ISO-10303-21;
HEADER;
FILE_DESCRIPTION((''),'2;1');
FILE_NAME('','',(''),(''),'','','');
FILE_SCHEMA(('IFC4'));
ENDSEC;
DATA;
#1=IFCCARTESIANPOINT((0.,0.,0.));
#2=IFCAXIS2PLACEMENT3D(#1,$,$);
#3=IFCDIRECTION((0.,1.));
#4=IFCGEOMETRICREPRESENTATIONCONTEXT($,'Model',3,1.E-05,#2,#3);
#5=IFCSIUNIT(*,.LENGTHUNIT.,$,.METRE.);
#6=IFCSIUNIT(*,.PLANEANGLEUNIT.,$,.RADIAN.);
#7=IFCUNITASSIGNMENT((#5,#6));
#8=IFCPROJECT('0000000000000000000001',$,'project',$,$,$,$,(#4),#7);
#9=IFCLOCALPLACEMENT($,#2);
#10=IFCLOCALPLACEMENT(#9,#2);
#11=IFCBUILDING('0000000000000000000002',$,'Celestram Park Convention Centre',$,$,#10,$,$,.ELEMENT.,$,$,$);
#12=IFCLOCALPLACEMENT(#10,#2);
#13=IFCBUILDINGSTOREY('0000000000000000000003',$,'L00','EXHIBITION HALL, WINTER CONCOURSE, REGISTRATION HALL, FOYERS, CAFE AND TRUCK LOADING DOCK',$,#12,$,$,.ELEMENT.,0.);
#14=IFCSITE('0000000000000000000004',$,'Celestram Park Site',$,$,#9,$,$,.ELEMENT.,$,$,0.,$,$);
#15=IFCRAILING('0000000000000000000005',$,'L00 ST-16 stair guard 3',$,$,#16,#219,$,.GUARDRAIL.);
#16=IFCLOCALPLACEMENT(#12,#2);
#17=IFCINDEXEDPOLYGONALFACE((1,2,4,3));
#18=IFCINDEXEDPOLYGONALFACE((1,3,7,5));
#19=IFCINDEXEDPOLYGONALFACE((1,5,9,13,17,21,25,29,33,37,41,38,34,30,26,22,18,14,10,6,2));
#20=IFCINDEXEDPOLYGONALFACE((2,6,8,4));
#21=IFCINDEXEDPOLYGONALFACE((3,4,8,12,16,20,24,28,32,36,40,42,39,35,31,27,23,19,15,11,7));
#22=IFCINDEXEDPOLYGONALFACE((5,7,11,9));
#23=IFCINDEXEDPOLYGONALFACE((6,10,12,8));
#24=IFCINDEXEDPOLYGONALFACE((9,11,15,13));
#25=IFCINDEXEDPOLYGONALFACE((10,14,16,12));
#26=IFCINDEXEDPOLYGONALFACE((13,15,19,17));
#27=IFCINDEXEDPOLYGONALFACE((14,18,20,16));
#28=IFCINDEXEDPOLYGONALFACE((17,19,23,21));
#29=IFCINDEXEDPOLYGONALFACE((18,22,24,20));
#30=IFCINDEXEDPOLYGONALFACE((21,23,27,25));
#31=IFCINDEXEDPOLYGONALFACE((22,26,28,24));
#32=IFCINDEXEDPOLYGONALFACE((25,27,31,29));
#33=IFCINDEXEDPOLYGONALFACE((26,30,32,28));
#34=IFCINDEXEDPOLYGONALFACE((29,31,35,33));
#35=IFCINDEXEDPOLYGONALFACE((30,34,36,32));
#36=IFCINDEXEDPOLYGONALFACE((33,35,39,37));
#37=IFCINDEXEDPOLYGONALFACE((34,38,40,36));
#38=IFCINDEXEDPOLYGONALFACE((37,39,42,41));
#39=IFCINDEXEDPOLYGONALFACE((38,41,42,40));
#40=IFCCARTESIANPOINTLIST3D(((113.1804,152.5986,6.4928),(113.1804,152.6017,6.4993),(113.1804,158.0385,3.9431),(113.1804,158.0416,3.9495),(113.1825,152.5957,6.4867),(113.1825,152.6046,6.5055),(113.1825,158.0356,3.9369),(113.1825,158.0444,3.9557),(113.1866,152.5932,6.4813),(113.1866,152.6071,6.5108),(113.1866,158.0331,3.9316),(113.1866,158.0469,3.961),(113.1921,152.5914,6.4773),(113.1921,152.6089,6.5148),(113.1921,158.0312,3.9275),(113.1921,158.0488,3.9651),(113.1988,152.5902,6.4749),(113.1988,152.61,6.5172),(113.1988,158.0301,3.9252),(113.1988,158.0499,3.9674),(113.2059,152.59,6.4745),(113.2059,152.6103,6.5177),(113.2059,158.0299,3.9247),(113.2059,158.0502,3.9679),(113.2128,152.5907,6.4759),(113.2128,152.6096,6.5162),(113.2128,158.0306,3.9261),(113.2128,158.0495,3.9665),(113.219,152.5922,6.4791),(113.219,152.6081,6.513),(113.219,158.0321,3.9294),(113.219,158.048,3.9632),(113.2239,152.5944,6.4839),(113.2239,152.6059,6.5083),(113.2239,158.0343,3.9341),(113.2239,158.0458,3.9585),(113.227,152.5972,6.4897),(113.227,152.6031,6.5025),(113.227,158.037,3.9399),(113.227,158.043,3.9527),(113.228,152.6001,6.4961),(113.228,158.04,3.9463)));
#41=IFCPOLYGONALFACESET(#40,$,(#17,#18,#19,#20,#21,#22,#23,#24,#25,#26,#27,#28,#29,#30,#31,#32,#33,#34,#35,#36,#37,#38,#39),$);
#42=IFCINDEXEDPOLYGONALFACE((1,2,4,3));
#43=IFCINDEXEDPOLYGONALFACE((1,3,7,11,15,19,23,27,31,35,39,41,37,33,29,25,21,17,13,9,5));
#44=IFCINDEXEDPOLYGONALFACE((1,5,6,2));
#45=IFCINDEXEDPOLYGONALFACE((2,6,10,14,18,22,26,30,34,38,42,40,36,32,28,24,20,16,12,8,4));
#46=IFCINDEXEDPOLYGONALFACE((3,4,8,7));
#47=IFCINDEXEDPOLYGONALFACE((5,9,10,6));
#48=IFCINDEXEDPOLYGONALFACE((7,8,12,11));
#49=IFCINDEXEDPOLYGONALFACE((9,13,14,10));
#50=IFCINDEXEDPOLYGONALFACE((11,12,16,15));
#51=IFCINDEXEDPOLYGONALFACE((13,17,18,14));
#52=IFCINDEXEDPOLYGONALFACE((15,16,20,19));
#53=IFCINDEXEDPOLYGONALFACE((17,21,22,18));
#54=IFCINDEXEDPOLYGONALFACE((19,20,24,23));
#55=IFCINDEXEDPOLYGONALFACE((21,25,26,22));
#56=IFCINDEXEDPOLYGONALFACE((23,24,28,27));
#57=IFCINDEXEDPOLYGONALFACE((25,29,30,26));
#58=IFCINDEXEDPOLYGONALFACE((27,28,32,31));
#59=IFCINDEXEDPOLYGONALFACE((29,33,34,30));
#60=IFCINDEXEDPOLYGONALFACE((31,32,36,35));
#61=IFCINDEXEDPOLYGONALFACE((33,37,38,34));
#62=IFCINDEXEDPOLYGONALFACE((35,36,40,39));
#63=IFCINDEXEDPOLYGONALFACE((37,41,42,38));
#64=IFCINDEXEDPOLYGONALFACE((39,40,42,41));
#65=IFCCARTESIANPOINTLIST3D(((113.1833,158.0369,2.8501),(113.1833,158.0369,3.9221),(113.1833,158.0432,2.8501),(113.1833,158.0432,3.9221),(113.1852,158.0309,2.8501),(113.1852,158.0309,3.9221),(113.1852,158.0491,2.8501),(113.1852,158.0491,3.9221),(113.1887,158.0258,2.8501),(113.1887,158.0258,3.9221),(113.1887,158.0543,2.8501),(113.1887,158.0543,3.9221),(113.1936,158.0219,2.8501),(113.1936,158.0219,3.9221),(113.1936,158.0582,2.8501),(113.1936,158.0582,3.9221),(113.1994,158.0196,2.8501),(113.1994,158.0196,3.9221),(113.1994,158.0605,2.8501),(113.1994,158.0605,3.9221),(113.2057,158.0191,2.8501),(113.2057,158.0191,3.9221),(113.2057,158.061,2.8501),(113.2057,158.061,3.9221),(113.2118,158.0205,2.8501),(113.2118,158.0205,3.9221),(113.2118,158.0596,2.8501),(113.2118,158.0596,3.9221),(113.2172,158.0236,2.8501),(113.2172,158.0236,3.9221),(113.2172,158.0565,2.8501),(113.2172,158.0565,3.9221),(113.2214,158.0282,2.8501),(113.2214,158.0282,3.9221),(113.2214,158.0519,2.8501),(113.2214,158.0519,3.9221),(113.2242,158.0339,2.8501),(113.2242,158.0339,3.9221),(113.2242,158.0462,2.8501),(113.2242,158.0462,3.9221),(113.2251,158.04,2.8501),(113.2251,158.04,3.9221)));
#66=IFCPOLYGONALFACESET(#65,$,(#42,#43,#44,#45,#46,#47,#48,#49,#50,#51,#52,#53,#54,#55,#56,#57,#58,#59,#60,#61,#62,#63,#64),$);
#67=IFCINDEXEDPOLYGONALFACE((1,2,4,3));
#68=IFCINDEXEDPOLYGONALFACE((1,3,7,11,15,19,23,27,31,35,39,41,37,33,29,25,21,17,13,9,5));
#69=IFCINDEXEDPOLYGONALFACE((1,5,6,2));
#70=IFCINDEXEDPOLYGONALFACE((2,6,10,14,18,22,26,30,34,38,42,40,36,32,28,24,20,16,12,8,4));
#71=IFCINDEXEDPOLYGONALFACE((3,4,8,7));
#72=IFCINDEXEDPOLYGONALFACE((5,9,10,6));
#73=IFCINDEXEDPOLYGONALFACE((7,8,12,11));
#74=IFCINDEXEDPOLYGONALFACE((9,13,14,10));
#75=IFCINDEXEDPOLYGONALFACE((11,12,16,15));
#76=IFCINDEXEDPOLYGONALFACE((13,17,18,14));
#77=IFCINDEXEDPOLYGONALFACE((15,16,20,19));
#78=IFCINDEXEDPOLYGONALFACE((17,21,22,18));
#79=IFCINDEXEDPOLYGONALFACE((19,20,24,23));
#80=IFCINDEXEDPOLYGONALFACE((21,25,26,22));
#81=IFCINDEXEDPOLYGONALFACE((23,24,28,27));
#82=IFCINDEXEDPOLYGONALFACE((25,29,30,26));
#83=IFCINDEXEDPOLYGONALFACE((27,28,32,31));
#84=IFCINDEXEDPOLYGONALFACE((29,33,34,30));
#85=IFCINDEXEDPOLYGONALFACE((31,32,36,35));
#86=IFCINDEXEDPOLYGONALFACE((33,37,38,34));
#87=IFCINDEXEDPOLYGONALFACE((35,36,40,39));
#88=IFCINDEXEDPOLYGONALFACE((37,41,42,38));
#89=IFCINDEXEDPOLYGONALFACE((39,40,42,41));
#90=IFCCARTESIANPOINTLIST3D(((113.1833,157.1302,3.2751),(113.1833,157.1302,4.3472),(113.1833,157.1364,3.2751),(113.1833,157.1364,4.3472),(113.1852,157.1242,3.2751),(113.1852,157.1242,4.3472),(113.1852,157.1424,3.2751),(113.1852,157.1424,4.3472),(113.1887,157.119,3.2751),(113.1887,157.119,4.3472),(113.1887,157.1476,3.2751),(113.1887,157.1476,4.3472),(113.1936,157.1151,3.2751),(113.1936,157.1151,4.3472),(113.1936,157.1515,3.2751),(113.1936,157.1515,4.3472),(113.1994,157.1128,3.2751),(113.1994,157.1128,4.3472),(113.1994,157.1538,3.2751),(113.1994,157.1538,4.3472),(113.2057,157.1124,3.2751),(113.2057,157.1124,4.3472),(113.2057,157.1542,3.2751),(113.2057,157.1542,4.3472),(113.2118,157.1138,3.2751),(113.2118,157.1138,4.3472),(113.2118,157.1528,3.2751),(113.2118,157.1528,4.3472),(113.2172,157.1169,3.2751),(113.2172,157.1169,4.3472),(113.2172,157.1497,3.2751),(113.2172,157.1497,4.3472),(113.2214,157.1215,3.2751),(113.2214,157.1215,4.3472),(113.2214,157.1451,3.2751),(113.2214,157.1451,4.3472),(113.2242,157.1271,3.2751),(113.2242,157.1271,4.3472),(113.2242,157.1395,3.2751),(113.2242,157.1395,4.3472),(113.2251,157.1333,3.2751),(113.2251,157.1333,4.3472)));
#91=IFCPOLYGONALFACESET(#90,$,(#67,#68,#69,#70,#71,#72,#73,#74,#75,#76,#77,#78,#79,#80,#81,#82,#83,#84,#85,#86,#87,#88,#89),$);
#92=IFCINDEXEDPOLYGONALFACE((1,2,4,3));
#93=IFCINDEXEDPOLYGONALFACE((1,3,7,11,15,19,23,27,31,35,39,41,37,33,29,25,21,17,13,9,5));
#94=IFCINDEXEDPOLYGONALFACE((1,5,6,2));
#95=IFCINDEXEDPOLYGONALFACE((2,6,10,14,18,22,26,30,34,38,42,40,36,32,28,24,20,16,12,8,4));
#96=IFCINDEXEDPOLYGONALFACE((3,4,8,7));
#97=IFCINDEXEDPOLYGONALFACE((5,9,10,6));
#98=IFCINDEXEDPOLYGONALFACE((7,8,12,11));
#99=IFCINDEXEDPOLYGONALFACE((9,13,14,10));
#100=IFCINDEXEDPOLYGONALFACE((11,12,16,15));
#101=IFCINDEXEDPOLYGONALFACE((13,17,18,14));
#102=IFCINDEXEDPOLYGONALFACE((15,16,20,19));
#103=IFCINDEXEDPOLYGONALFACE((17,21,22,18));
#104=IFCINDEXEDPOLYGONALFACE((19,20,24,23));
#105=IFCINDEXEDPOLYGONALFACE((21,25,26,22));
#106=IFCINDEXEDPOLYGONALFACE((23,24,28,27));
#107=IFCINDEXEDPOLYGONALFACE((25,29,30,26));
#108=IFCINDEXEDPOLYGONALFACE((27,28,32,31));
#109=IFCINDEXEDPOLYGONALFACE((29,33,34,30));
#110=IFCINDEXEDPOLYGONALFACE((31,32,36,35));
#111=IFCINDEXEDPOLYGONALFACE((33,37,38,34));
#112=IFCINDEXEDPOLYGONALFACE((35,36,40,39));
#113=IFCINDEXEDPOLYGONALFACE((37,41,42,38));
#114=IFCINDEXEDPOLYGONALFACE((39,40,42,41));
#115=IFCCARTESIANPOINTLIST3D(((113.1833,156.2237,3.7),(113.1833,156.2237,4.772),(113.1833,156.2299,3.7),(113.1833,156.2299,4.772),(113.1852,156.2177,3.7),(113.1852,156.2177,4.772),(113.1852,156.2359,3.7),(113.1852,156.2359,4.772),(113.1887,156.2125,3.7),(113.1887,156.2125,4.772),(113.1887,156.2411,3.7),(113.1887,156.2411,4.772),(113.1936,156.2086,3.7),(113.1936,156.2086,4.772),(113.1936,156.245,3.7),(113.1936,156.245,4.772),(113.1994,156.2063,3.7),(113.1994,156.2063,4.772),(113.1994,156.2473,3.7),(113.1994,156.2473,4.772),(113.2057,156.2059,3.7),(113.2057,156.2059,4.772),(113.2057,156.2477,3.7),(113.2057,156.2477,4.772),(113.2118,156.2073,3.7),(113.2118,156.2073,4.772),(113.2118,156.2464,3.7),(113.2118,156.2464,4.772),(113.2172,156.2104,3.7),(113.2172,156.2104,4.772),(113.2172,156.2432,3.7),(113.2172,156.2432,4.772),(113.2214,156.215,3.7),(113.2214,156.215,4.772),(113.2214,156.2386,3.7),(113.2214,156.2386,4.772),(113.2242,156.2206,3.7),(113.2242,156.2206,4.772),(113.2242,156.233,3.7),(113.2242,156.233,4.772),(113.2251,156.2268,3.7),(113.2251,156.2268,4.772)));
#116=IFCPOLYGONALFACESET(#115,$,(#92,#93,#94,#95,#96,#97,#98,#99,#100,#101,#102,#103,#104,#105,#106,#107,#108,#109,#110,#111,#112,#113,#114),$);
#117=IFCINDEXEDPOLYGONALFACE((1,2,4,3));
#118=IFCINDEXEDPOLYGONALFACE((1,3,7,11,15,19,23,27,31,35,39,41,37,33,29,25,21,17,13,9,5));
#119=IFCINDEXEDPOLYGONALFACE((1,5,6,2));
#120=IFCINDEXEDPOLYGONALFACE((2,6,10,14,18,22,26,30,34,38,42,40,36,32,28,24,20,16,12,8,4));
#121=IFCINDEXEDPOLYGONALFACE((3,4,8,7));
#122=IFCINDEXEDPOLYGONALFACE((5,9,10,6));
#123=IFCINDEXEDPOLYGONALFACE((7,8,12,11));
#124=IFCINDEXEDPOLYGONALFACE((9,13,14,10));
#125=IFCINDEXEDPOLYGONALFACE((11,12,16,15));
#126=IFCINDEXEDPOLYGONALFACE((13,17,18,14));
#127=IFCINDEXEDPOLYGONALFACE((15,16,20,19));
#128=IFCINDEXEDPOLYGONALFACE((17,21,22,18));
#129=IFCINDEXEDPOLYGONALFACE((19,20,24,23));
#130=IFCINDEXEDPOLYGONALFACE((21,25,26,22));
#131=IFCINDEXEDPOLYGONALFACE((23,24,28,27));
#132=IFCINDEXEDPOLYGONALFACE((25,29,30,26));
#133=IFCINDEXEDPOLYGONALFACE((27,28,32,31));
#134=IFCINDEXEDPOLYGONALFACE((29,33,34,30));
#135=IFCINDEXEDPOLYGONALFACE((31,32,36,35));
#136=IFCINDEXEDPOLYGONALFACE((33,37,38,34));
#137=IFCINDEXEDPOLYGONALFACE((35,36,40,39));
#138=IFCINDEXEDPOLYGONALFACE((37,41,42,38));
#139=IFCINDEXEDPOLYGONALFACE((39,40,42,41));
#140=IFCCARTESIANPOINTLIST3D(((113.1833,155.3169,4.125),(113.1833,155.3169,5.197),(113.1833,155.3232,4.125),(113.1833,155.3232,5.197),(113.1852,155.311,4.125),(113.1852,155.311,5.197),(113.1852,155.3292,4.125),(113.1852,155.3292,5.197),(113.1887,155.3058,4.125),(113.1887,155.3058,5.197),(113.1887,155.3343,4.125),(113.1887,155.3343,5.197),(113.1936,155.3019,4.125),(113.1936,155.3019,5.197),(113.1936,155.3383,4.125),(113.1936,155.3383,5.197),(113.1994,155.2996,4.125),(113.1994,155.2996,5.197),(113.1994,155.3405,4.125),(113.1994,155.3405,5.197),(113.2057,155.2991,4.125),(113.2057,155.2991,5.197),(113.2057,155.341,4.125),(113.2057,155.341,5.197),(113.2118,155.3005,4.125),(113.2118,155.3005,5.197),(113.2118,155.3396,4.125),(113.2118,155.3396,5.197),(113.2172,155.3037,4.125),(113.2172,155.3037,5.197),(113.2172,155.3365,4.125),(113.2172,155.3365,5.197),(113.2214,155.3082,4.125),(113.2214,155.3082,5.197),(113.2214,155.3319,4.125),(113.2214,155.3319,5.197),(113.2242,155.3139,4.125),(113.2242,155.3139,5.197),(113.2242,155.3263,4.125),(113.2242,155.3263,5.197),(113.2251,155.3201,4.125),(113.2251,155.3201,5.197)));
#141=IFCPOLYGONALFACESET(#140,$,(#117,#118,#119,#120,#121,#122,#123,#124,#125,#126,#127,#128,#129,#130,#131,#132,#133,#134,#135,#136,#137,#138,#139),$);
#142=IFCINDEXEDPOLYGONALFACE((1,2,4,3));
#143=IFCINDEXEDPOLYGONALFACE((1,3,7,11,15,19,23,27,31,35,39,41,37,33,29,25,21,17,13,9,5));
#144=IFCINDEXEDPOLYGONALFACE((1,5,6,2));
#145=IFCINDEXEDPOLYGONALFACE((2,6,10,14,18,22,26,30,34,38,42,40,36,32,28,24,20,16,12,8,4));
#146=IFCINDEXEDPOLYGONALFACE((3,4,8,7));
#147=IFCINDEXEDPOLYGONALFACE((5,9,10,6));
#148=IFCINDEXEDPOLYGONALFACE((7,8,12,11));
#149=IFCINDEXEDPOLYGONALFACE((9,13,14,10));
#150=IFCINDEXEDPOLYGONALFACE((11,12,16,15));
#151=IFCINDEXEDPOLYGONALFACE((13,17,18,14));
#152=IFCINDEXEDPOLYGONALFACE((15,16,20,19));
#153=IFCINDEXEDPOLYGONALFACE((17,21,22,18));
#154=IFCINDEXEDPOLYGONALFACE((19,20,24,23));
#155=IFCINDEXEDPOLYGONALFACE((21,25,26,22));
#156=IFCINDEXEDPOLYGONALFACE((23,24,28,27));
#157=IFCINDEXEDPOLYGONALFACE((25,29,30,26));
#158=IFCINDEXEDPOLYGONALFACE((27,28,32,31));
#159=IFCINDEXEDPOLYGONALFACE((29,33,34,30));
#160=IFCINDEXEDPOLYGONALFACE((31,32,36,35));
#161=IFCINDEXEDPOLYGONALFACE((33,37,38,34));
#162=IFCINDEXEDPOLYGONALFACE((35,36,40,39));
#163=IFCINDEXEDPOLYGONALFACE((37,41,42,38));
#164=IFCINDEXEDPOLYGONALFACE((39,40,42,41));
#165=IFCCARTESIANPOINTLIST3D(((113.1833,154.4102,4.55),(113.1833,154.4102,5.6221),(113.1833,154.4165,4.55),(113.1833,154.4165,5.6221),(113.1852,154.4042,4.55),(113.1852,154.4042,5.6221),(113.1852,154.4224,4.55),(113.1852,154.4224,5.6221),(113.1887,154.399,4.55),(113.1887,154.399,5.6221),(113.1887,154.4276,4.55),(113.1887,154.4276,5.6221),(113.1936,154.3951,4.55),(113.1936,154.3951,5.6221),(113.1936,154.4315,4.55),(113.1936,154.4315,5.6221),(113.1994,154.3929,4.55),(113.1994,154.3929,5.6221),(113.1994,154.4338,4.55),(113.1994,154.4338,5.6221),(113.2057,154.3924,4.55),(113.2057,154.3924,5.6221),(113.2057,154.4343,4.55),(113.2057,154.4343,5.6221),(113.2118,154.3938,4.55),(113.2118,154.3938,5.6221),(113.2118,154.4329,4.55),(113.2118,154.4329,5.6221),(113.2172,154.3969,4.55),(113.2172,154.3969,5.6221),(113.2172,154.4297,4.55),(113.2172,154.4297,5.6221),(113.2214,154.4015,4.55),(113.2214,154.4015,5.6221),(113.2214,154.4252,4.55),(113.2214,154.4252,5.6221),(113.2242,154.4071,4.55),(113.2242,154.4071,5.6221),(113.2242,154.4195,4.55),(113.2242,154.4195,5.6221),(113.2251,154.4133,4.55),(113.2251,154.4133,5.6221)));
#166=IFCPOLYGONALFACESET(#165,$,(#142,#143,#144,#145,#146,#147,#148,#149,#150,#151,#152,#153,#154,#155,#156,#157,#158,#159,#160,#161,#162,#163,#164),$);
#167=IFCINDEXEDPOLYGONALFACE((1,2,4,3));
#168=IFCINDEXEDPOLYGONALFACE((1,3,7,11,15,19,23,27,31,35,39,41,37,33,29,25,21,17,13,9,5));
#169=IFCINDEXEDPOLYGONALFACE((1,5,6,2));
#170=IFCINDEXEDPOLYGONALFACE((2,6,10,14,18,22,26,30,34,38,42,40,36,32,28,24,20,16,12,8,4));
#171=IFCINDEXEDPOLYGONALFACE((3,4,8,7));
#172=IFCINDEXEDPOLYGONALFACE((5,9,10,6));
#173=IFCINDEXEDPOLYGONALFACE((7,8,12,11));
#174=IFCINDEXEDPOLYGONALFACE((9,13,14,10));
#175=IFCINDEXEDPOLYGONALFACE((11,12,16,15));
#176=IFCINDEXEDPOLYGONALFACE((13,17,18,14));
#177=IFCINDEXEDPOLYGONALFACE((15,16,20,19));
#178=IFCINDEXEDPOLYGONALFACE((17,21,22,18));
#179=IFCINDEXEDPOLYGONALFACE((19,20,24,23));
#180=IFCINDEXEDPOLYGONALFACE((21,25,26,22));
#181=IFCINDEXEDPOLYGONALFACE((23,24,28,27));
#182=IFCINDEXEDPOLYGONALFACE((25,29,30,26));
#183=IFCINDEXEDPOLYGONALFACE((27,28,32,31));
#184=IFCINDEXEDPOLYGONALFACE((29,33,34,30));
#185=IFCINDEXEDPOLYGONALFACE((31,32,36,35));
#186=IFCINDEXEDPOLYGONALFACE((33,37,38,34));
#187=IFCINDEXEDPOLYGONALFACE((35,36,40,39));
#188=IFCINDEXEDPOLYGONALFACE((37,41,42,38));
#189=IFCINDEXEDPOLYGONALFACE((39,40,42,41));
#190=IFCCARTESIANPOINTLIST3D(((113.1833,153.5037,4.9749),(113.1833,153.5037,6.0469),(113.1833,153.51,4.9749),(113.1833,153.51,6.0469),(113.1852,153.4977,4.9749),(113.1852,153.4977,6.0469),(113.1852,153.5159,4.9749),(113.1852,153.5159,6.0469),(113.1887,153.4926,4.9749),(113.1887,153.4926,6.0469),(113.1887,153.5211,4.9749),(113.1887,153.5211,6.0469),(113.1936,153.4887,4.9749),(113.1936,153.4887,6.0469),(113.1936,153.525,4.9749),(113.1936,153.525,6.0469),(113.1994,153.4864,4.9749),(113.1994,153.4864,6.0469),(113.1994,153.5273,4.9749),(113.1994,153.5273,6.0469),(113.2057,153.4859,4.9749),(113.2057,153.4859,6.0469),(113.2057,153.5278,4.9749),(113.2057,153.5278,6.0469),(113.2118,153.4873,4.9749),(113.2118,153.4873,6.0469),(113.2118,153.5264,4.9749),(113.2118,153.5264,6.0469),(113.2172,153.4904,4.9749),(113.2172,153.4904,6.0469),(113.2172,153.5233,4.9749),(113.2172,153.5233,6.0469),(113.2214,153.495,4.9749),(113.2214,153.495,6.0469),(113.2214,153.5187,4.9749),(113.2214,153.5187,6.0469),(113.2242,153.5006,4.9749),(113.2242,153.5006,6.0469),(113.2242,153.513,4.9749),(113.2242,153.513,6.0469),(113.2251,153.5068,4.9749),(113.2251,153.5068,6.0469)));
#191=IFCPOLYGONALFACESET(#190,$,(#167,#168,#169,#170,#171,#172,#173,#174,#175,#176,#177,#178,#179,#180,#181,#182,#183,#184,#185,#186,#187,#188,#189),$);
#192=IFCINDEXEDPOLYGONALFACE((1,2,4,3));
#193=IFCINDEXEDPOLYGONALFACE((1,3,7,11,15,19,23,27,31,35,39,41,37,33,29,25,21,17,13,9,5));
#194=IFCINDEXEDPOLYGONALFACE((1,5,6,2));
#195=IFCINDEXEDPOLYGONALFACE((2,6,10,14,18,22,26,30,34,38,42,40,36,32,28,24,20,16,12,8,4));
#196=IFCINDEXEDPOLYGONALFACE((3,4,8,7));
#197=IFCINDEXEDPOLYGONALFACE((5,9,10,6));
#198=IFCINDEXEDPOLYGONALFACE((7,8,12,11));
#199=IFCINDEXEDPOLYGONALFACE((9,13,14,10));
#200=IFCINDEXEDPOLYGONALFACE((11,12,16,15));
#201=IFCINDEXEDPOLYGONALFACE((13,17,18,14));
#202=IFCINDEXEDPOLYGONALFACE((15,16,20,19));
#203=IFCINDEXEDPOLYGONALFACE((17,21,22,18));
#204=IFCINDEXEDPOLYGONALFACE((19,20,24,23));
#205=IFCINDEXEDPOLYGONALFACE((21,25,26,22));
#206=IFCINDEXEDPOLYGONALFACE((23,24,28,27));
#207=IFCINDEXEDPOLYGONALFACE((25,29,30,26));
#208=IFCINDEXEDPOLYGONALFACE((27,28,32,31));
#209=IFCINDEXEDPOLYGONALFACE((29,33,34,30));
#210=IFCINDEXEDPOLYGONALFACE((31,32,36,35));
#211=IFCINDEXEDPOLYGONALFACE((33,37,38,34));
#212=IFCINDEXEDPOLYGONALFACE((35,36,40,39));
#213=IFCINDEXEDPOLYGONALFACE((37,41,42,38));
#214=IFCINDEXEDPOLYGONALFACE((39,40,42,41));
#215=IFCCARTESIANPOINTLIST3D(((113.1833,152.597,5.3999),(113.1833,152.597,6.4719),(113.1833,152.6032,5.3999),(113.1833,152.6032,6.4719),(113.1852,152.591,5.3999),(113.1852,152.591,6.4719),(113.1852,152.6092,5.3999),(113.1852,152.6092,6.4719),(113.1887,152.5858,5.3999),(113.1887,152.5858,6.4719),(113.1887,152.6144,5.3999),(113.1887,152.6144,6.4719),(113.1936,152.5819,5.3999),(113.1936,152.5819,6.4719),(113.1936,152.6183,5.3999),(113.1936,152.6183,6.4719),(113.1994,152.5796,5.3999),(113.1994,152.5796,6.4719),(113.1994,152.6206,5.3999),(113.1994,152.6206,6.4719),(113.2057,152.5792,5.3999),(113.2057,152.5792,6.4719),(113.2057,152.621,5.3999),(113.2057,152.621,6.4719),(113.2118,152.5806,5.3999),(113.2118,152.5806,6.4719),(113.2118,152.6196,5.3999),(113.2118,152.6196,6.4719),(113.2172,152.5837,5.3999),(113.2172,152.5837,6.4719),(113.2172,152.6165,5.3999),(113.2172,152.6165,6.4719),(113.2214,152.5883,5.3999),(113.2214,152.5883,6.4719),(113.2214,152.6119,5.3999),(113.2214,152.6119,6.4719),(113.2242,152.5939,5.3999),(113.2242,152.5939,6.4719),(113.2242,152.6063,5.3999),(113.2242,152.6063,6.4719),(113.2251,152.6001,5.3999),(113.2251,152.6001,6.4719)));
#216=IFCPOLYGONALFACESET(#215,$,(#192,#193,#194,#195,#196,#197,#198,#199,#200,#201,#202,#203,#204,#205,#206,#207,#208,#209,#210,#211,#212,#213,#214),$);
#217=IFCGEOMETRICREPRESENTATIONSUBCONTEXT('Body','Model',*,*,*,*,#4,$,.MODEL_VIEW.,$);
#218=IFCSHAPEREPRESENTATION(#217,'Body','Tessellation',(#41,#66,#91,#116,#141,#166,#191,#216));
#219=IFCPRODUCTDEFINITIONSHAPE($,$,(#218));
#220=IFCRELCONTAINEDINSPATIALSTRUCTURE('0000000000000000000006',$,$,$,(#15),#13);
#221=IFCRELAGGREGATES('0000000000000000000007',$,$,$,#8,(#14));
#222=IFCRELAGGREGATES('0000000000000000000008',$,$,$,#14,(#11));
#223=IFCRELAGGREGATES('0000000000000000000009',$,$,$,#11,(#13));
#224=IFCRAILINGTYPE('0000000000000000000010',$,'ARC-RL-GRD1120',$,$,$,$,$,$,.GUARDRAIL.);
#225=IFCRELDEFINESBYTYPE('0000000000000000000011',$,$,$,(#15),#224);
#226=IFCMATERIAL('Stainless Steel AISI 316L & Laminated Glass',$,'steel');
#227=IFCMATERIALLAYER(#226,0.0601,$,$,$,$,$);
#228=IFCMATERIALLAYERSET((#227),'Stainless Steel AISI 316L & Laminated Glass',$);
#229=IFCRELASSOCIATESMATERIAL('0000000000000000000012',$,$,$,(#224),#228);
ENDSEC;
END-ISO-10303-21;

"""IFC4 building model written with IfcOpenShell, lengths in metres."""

from ifc_helpers import new_model, si_unit, direction, frame, origin, origin_2d, place, context, subcontext, project, spatial, circle, extrude, material, layer, layer_set, type_object, element, save


model = new_model("IFC4")

# Units and contexts
model_context = context("Model", 3, precision=1e-05, world=origin(), true_north=direction((0.0, 1.0)))
body_context = subcontext(model_context, "Body", "Model", "MODEL_VIEW")
ifc_project = project(units=[si_unit("LENGTHUNIT", "METRE"), si_unit("PLANEANGLEUNIT", "RADIAN")], contexts=[model_context])

# Site, building, storey
site_placement = place(None, origin())
site = spatial("IfcSite", under=ifc_project, at=site_placement, Name="Celestram Park Site", CompositionType="ELEMENT", RefElevation=0.0)
building_placement = place(site_placement, origin())
building = spatial("IfcBuilding", under=site, at=building_placement, Name="Celestram Park Convention Centre", CompositionType="ELEMENT")
storey_placement = place(building_placement, origin())
storey = spatial("IfcBuildingStorey", under=building, at=storey_placement, Name="L00", Description="EXHIBITION HALL, WINTER CONCOURSE, REGISTRATION HALL, FOYERS, CAFE AND TRUCK LOADING DOCK", CompositionType="ELEMENT", Elevation=0.0)

# Railing
ifc_material_1 = material(Name="Stainless Steel AISI 316L & Laminated Glass", Category="steel")
ifc_layer_1 = layer(ifc_material_1, 0.0601)
ifc_layer_set_1 = layer_set([ifc_layer_1], Name="Stainless Steel AISI 316L & Laminated Glass")
railing_type_1 = type_object("IfcRailingType", Name="ARC-RL-GRD1120", PredefinedType="GUARDRAIL", material=ifc_layer_set_1)
railing_1_placement = place(storey_placement, frame((113.2041, 158.04, 2.8501)))
element("IfcRailing", 1, at=railing_1_placement, inside=storey, type_object=railing_type_1, Name="L00 ST-16 stair guard 3", PredefinedType="GUARDRAIL", context=body_context, shape_type="SweptSolid", body=[
    extrude(circle(Radius=0.0239, at=origin_2d()), frame((0.0, 0.0, 1.0962), z_axis=(0.0, -0.90547, 0.424411), x_axis=(1.0, 0.0, 0.0)), (0.0, 0.0, 1.0), 6.0078),
    extrude(circle(Radius=0.021, at=origin_2d()), origin(), (0.0, 0.0, 1.0), 1.072),
    extrude(circle(Radius=0.021, at=origin_2d()), frame((0.0, -0.9067, 0.425)), (0.0, 0.0, 1.0), 1.072),
    extrude(circle(Radius=0.021, at=origin_2d()), frame((0.0, -1.8132, 0.8499)), (0.0, 0.0, 1.0), 1.072),
    extrude(circle(Radius=0.021, at=origin_2d()), frame((0.0, -2.72, 1.2749)), (0.0, 0.0, 1.0), 1.072),
    extrude(circle(Radius=0.021, at=origin_2d()), frame((0.0, -3.6267, 1.7)), (0.0, 0.0, 1.0), 1.072),
    extrude(circle(Radius=0.021, at=origin_2d()), frame((0.0, -4.5332, 2.1248)), (0.0, 0.0, 1.0), 1.072),
    extrude(circle(Radius=0.021, at=origin_2d()), frame((0.0, -5.4399, 2.5498)), (0.0, 0.0, 1.0), 1.072),
])

save(model, "model.ifc")
